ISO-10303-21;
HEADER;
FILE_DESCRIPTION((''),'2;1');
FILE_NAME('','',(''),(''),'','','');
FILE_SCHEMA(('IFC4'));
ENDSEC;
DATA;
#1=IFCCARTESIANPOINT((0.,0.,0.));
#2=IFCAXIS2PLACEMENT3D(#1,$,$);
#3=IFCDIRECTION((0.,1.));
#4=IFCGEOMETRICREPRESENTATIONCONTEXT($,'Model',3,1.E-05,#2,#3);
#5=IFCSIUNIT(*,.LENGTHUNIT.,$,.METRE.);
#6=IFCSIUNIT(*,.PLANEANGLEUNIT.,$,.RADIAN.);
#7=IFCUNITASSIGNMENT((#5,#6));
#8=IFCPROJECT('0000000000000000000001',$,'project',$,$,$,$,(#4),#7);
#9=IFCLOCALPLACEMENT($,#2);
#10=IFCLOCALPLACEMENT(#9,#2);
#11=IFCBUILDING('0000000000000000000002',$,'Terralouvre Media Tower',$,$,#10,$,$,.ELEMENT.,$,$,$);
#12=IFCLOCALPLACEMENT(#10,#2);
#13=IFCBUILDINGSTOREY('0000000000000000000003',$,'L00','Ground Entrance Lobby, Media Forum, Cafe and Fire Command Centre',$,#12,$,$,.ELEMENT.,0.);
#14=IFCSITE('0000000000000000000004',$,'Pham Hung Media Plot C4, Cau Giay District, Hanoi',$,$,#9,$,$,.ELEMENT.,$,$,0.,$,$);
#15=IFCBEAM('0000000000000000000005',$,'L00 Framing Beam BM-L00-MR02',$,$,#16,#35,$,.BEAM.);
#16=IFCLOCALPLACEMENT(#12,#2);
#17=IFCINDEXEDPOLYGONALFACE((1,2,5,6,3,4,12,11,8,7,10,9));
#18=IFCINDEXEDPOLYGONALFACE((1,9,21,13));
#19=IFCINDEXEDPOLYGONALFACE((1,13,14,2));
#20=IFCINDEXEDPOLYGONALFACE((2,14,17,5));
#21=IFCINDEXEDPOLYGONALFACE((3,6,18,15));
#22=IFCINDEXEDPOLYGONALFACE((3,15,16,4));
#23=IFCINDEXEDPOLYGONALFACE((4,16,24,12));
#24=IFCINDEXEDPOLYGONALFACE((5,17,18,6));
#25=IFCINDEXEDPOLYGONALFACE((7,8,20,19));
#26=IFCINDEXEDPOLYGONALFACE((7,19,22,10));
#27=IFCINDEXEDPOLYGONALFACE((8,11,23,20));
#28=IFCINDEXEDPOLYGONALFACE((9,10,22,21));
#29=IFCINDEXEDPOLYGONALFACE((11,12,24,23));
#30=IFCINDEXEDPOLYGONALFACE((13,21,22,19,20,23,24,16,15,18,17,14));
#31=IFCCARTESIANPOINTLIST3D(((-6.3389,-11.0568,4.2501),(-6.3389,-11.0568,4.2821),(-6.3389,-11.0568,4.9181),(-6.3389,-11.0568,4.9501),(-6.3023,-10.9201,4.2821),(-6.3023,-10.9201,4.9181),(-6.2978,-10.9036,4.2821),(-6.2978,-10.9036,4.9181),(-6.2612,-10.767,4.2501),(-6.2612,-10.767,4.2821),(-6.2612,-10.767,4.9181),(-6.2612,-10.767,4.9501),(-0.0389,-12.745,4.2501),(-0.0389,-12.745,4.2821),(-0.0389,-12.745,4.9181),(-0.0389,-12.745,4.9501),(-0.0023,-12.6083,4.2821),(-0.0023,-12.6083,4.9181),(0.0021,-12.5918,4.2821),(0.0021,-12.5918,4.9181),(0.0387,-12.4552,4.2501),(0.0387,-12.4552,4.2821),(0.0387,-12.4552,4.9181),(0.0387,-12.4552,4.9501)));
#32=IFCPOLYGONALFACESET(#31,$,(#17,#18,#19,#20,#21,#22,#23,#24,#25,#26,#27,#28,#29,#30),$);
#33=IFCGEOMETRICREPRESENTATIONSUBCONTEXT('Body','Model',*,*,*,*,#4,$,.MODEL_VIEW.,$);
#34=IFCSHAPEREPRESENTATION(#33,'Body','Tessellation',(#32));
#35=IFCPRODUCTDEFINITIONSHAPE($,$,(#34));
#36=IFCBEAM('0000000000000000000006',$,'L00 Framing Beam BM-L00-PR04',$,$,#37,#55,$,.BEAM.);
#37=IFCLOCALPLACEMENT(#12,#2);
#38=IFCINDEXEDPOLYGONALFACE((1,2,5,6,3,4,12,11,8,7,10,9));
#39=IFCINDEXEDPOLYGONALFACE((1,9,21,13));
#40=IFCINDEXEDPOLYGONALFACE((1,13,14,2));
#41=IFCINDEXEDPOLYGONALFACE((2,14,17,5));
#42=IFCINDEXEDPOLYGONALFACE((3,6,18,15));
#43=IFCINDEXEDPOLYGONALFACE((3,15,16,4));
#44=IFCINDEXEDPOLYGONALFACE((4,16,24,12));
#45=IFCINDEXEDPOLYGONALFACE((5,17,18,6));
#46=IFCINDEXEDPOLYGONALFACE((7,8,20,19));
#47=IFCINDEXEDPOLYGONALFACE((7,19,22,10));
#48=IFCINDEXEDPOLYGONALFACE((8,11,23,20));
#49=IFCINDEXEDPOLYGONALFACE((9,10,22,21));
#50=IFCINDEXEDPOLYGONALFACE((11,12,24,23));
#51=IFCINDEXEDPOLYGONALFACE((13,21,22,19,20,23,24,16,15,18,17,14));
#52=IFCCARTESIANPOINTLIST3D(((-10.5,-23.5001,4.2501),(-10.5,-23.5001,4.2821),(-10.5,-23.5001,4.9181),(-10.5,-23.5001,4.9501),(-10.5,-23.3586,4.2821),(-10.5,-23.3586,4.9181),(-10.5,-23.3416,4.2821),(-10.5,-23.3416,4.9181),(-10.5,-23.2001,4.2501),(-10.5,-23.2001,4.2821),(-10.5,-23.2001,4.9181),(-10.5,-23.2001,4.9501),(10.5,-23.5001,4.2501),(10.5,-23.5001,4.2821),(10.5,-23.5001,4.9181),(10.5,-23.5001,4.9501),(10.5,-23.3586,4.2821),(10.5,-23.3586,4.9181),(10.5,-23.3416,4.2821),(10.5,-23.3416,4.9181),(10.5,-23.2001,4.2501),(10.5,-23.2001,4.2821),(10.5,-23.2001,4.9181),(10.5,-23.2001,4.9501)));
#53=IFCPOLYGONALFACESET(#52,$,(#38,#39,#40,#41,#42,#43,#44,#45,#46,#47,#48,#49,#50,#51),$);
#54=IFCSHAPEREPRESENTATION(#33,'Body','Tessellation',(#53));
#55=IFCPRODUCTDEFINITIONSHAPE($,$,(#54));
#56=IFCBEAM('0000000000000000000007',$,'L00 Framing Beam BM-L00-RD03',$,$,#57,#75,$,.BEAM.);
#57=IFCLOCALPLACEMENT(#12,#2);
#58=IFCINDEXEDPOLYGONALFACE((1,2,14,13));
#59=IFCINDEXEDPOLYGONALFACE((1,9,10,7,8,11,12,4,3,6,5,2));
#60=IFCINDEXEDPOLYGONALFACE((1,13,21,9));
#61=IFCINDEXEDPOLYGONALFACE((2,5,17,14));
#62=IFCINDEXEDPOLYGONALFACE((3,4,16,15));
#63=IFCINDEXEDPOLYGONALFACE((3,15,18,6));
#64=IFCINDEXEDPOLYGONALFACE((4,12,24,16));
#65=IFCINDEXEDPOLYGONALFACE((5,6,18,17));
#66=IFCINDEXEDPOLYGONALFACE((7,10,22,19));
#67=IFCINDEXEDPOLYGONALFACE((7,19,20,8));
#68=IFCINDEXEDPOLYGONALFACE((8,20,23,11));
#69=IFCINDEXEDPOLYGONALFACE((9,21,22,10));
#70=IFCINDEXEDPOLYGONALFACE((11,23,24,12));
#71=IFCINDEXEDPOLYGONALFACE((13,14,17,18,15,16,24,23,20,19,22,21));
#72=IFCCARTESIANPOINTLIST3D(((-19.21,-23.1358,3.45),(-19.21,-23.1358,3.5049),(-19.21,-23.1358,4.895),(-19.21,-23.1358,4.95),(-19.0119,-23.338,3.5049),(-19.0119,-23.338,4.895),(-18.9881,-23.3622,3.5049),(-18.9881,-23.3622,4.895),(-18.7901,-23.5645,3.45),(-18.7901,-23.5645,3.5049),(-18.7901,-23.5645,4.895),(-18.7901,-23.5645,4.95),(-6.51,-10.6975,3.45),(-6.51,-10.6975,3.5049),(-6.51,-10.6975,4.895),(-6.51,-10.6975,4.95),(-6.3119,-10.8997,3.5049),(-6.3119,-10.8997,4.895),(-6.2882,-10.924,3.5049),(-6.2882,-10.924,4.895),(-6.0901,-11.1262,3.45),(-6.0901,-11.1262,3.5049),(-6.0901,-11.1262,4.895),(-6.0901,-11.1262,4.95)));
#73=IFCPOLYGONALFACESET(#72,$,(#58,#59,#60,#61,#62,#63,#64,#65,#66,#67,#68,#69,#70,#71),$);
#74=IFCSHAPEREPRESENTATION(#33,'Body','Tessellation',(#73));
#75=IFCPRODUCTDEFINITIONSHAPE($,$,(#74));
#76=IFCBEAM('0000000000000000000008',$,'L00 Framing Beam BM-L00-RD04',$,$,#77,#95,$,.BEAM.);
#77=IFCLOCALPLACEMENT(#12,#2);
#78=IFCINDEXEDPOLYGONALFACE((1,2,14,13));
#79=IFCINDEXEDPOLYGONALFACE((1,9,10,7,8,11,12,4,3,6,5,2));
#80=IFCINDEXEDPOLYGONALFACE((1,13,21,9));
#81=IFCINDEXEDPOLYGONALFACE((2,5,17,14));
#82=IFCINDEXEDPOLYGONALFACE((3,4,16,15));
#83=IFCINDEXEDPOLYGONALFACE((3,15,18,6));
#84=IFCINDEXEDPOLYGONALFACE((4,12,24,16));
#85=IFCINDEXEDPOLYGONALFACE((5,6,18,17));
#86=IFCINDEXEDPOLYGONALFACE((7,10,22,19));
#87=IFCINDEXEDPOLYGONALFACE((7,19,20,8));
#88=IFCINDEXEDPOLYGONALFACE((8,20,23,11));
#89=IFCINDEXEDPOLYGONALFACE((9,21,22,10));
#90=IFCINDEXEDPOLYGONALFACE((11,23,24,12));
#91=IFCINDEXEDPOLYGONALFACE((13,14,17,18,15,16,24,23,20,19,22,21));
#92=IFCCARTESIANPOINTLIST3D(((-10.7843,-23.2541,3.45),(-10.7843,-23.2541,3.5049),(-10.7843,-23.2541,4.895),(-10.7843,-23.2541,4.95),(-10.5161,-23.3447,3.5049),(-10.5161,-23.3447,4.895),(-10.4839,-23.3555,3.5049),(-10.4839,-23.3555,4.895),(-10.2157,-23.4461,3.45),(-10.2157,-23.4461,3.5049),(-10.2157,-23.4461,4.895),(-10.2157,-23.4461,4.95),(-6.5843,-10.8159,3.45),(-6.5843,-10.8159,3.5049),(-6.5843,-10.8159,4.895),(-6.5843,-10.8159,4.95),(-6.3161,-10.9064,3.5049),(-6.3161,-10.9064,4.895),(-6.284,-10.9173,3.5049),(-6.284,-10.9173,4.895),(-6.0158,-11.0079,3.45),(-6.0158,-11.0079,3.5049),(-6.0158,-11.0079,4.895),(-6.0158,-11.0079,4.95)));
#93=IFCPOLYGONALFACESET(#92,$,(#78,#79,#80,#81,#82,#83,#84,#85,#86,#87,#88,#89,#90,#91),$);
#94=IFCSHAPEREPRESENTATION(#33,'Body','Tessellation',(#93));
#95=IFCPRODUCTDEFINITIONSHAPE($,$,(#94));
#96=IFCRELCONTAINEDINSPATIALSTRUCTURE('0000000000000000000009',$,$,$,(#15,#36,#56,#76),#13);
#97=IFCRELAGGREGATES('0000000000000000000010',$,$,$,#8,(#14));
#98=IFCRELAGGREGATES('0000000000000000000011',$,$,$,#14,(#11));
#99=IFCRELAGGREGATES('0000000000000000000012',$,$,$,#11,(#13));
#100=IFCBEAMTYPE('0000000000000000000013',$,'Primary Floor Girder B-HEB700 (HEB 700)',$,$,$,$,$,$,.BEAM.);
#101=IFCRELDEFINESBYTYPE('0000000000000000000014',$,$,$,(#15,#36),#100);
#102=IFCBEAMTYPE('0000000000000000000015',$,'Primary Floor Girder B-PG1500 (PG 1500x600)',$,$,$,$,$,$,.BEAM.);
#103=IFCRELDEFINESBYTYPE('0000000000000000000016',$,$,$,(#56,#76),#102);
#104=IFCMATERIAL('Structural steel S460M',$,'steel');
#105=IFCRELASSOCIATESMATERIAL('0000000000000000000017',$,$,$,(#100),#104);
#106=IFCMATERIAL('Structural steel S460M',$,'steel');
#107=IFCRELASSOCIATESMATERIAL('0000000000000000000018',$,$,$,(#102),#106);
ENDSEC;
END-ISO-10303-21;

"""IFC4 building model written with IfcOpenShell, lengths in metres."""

from ifc_helpers import new_model, si_unit, direction, frame, origin, origin_2d, place, context, subcontext, project, spatial, i_section, extrude, material, material_profile, profile_set, type_object, element, save


model = new_model("IFC4")

# Units and contexts
model_context = context("Model", 3, precision=1e-05, world=origin(), true_north=direction((0.0, 1.0)))
body_context = subcontext(model_context, "Body", "Model", "MODEL_VIEW")
ifc_project = project(units=[si_unit("LENGTHUNIT", "METRE"), si_unit("PLANEANGLEUNIT", "RADIAN")], contexts=[model_context])

# Site, building, storey
site_placement = place(None, origin())
site = spatial("IfcSite", under=ifc_project, at=site_placement, Name="Pham Hung Media Plot C4, Cau Giay District, Hanoi", CompositionType="ELEMENT", RefElevation=0.0)
building_placement = place(site_placement, origin())
building = spatial("IfcBuilding", under=site, at=building_placement, Name="Terralouvre Media Tower", CompositionType="ELEMENT")
storey_placement = place(building_placement, origin())
storey = spatial("IfcBuildingStorey", under=building, at=storey_placement, Name="L00", Description="Ground Entrance Lobby, Media Forum, Cafe and Fire Command Centre", CompositionType="ELEMENT", Elevation=0.0)

# Beams
ifc_material_1 = material(Name="Structural steel S460M", Category="steel")
ifc_material_profile_1 = material_profile(ifc_material_1, i_section(OverallWidth=0.3, OverallDepth=0.7, WebThickness=0.0171, FlangeThickness=0.032, at=origin_2d()), Name="HEB 700")
ifc_profile_set_1 = profile_set([ifc_material_profile_1], Name="Structural steel S460M")
beam_type_1 = type_object("IfcBeamType", Name="Primary Floor Girder B-HEB700 (HEB 700)", PredefinedType="BEAM", material=ifc_profile_set_1)
beam_1_placement = place(storey_placement, frame((-6.3, -10.9119, 4.6001), z_axis=(0.96592, -0.258839, 0.0), x_axis=(0.258839, 0.96592, 0.0)))
element("IfcBeam", 1, at=beam_1_placement, inside=storey, type_object=beam_type_1, Name="L00 Framing Beam BM-L00-MR02", PredefinedType="BEAM", context=body_context, shape_type="SweptSolid", body=[
    extrude(i_section(OverallWidth=0.3, OverallDepth=0.7, WebThickness=0.0171, FlangeThickness=0.032, at=origin_2d()), origin(), (0.0, 0.0, 1.0), 6.5222),
])
beam_2_placement = place(storey_placement, frame((-10.5, -23.3501, 4.6001), z_axis=(1.0, 0.0, 0.0), x_axis=(0.0, 1.0, 0.0)))
element("IfcBeam", 2, at=beam_2_placement, inside=storey, type_object=beam_type_1, Name="L00 Framing Beam BM-L00-PR04", PredefinedType="BEAM", context=body_context, shape_type="SweptSolid", body=[
    extrude(i_section(OverallWidth=0.3, OverallDepth=0.7, WebThickness=0.0171, FlangeThickness=0.032, at=origin_2d()), origin(), (0.0, 0.0, 1.0), 21.0),
])
ifc_material_2 = material(Name="Structural steel S460M", Category="steel")
ifc_material_profile_2 = material_profile(ifc_material_2, i_section(OverallWidth=0.6001, OverallDepth=1.5, WebThickness=0.0339, FlangeThickness=0.0549, at=origin_2d()), Name="PG 1500x600")
ifc_profile_set_2 = profile_set([ifc_material_profile_2], Name="Structural steel S460M")
beam_type_2 = type_object("IfcBeamType", Name="Primary Floor Girder B-PG1500 (PG 1500x600)", PredefinedType="BEAM", material=ifc_profile_set_2)
beam_3_placement = place(storey_placement, frame((-6.3, -10.9119, 4.2), z_axis=(-0.71443, -0.699707, 0.0), x_axis=(0.699707, -0.71443, 0.0)))
element("IfcBeam", 3, at=beam_3_placement, inside=storey, type_object=beam_type_2, Name="L00 Framing Beam BM-L00-RD03", PredefinedType="BEAM", context=body_context, shape_type="SweptSolid", body=[
    extrude(i_section(OverallWidth=0.6001, OverallDepth=1.5, WebThickness=0.0339, FlangeThickness=0.0549, at=origin_2d()), origin(), (0.0, 0.0, 1.0), 17.7764),
])
beam_4_placement = place(storey_placement, frame((-6.3, -10.9119, 4.2), z_axis=(-0.319919, -0.947445, 0.0), x_axis=(0.947445, -0.319919, 0.0)))
element("IfcBeam", 4, at=beam_4_placement, inside=storey, type_object=beam_type_2, Name="L00 Framing Beam BM-L00-RD04", PredefinedType="BEAM", context=body_context, shape_type="SweptSolid", body=[
    extrude(i_section(OverallWidth=0.6001, OverallDepth=1.5, WebThickness=0.0339, FlangeThickness=0.0549, at=origin_2d()), origin(), (0.0, 0.0, 1.0), 13.1282),
])

save(model, "model.ifc")
